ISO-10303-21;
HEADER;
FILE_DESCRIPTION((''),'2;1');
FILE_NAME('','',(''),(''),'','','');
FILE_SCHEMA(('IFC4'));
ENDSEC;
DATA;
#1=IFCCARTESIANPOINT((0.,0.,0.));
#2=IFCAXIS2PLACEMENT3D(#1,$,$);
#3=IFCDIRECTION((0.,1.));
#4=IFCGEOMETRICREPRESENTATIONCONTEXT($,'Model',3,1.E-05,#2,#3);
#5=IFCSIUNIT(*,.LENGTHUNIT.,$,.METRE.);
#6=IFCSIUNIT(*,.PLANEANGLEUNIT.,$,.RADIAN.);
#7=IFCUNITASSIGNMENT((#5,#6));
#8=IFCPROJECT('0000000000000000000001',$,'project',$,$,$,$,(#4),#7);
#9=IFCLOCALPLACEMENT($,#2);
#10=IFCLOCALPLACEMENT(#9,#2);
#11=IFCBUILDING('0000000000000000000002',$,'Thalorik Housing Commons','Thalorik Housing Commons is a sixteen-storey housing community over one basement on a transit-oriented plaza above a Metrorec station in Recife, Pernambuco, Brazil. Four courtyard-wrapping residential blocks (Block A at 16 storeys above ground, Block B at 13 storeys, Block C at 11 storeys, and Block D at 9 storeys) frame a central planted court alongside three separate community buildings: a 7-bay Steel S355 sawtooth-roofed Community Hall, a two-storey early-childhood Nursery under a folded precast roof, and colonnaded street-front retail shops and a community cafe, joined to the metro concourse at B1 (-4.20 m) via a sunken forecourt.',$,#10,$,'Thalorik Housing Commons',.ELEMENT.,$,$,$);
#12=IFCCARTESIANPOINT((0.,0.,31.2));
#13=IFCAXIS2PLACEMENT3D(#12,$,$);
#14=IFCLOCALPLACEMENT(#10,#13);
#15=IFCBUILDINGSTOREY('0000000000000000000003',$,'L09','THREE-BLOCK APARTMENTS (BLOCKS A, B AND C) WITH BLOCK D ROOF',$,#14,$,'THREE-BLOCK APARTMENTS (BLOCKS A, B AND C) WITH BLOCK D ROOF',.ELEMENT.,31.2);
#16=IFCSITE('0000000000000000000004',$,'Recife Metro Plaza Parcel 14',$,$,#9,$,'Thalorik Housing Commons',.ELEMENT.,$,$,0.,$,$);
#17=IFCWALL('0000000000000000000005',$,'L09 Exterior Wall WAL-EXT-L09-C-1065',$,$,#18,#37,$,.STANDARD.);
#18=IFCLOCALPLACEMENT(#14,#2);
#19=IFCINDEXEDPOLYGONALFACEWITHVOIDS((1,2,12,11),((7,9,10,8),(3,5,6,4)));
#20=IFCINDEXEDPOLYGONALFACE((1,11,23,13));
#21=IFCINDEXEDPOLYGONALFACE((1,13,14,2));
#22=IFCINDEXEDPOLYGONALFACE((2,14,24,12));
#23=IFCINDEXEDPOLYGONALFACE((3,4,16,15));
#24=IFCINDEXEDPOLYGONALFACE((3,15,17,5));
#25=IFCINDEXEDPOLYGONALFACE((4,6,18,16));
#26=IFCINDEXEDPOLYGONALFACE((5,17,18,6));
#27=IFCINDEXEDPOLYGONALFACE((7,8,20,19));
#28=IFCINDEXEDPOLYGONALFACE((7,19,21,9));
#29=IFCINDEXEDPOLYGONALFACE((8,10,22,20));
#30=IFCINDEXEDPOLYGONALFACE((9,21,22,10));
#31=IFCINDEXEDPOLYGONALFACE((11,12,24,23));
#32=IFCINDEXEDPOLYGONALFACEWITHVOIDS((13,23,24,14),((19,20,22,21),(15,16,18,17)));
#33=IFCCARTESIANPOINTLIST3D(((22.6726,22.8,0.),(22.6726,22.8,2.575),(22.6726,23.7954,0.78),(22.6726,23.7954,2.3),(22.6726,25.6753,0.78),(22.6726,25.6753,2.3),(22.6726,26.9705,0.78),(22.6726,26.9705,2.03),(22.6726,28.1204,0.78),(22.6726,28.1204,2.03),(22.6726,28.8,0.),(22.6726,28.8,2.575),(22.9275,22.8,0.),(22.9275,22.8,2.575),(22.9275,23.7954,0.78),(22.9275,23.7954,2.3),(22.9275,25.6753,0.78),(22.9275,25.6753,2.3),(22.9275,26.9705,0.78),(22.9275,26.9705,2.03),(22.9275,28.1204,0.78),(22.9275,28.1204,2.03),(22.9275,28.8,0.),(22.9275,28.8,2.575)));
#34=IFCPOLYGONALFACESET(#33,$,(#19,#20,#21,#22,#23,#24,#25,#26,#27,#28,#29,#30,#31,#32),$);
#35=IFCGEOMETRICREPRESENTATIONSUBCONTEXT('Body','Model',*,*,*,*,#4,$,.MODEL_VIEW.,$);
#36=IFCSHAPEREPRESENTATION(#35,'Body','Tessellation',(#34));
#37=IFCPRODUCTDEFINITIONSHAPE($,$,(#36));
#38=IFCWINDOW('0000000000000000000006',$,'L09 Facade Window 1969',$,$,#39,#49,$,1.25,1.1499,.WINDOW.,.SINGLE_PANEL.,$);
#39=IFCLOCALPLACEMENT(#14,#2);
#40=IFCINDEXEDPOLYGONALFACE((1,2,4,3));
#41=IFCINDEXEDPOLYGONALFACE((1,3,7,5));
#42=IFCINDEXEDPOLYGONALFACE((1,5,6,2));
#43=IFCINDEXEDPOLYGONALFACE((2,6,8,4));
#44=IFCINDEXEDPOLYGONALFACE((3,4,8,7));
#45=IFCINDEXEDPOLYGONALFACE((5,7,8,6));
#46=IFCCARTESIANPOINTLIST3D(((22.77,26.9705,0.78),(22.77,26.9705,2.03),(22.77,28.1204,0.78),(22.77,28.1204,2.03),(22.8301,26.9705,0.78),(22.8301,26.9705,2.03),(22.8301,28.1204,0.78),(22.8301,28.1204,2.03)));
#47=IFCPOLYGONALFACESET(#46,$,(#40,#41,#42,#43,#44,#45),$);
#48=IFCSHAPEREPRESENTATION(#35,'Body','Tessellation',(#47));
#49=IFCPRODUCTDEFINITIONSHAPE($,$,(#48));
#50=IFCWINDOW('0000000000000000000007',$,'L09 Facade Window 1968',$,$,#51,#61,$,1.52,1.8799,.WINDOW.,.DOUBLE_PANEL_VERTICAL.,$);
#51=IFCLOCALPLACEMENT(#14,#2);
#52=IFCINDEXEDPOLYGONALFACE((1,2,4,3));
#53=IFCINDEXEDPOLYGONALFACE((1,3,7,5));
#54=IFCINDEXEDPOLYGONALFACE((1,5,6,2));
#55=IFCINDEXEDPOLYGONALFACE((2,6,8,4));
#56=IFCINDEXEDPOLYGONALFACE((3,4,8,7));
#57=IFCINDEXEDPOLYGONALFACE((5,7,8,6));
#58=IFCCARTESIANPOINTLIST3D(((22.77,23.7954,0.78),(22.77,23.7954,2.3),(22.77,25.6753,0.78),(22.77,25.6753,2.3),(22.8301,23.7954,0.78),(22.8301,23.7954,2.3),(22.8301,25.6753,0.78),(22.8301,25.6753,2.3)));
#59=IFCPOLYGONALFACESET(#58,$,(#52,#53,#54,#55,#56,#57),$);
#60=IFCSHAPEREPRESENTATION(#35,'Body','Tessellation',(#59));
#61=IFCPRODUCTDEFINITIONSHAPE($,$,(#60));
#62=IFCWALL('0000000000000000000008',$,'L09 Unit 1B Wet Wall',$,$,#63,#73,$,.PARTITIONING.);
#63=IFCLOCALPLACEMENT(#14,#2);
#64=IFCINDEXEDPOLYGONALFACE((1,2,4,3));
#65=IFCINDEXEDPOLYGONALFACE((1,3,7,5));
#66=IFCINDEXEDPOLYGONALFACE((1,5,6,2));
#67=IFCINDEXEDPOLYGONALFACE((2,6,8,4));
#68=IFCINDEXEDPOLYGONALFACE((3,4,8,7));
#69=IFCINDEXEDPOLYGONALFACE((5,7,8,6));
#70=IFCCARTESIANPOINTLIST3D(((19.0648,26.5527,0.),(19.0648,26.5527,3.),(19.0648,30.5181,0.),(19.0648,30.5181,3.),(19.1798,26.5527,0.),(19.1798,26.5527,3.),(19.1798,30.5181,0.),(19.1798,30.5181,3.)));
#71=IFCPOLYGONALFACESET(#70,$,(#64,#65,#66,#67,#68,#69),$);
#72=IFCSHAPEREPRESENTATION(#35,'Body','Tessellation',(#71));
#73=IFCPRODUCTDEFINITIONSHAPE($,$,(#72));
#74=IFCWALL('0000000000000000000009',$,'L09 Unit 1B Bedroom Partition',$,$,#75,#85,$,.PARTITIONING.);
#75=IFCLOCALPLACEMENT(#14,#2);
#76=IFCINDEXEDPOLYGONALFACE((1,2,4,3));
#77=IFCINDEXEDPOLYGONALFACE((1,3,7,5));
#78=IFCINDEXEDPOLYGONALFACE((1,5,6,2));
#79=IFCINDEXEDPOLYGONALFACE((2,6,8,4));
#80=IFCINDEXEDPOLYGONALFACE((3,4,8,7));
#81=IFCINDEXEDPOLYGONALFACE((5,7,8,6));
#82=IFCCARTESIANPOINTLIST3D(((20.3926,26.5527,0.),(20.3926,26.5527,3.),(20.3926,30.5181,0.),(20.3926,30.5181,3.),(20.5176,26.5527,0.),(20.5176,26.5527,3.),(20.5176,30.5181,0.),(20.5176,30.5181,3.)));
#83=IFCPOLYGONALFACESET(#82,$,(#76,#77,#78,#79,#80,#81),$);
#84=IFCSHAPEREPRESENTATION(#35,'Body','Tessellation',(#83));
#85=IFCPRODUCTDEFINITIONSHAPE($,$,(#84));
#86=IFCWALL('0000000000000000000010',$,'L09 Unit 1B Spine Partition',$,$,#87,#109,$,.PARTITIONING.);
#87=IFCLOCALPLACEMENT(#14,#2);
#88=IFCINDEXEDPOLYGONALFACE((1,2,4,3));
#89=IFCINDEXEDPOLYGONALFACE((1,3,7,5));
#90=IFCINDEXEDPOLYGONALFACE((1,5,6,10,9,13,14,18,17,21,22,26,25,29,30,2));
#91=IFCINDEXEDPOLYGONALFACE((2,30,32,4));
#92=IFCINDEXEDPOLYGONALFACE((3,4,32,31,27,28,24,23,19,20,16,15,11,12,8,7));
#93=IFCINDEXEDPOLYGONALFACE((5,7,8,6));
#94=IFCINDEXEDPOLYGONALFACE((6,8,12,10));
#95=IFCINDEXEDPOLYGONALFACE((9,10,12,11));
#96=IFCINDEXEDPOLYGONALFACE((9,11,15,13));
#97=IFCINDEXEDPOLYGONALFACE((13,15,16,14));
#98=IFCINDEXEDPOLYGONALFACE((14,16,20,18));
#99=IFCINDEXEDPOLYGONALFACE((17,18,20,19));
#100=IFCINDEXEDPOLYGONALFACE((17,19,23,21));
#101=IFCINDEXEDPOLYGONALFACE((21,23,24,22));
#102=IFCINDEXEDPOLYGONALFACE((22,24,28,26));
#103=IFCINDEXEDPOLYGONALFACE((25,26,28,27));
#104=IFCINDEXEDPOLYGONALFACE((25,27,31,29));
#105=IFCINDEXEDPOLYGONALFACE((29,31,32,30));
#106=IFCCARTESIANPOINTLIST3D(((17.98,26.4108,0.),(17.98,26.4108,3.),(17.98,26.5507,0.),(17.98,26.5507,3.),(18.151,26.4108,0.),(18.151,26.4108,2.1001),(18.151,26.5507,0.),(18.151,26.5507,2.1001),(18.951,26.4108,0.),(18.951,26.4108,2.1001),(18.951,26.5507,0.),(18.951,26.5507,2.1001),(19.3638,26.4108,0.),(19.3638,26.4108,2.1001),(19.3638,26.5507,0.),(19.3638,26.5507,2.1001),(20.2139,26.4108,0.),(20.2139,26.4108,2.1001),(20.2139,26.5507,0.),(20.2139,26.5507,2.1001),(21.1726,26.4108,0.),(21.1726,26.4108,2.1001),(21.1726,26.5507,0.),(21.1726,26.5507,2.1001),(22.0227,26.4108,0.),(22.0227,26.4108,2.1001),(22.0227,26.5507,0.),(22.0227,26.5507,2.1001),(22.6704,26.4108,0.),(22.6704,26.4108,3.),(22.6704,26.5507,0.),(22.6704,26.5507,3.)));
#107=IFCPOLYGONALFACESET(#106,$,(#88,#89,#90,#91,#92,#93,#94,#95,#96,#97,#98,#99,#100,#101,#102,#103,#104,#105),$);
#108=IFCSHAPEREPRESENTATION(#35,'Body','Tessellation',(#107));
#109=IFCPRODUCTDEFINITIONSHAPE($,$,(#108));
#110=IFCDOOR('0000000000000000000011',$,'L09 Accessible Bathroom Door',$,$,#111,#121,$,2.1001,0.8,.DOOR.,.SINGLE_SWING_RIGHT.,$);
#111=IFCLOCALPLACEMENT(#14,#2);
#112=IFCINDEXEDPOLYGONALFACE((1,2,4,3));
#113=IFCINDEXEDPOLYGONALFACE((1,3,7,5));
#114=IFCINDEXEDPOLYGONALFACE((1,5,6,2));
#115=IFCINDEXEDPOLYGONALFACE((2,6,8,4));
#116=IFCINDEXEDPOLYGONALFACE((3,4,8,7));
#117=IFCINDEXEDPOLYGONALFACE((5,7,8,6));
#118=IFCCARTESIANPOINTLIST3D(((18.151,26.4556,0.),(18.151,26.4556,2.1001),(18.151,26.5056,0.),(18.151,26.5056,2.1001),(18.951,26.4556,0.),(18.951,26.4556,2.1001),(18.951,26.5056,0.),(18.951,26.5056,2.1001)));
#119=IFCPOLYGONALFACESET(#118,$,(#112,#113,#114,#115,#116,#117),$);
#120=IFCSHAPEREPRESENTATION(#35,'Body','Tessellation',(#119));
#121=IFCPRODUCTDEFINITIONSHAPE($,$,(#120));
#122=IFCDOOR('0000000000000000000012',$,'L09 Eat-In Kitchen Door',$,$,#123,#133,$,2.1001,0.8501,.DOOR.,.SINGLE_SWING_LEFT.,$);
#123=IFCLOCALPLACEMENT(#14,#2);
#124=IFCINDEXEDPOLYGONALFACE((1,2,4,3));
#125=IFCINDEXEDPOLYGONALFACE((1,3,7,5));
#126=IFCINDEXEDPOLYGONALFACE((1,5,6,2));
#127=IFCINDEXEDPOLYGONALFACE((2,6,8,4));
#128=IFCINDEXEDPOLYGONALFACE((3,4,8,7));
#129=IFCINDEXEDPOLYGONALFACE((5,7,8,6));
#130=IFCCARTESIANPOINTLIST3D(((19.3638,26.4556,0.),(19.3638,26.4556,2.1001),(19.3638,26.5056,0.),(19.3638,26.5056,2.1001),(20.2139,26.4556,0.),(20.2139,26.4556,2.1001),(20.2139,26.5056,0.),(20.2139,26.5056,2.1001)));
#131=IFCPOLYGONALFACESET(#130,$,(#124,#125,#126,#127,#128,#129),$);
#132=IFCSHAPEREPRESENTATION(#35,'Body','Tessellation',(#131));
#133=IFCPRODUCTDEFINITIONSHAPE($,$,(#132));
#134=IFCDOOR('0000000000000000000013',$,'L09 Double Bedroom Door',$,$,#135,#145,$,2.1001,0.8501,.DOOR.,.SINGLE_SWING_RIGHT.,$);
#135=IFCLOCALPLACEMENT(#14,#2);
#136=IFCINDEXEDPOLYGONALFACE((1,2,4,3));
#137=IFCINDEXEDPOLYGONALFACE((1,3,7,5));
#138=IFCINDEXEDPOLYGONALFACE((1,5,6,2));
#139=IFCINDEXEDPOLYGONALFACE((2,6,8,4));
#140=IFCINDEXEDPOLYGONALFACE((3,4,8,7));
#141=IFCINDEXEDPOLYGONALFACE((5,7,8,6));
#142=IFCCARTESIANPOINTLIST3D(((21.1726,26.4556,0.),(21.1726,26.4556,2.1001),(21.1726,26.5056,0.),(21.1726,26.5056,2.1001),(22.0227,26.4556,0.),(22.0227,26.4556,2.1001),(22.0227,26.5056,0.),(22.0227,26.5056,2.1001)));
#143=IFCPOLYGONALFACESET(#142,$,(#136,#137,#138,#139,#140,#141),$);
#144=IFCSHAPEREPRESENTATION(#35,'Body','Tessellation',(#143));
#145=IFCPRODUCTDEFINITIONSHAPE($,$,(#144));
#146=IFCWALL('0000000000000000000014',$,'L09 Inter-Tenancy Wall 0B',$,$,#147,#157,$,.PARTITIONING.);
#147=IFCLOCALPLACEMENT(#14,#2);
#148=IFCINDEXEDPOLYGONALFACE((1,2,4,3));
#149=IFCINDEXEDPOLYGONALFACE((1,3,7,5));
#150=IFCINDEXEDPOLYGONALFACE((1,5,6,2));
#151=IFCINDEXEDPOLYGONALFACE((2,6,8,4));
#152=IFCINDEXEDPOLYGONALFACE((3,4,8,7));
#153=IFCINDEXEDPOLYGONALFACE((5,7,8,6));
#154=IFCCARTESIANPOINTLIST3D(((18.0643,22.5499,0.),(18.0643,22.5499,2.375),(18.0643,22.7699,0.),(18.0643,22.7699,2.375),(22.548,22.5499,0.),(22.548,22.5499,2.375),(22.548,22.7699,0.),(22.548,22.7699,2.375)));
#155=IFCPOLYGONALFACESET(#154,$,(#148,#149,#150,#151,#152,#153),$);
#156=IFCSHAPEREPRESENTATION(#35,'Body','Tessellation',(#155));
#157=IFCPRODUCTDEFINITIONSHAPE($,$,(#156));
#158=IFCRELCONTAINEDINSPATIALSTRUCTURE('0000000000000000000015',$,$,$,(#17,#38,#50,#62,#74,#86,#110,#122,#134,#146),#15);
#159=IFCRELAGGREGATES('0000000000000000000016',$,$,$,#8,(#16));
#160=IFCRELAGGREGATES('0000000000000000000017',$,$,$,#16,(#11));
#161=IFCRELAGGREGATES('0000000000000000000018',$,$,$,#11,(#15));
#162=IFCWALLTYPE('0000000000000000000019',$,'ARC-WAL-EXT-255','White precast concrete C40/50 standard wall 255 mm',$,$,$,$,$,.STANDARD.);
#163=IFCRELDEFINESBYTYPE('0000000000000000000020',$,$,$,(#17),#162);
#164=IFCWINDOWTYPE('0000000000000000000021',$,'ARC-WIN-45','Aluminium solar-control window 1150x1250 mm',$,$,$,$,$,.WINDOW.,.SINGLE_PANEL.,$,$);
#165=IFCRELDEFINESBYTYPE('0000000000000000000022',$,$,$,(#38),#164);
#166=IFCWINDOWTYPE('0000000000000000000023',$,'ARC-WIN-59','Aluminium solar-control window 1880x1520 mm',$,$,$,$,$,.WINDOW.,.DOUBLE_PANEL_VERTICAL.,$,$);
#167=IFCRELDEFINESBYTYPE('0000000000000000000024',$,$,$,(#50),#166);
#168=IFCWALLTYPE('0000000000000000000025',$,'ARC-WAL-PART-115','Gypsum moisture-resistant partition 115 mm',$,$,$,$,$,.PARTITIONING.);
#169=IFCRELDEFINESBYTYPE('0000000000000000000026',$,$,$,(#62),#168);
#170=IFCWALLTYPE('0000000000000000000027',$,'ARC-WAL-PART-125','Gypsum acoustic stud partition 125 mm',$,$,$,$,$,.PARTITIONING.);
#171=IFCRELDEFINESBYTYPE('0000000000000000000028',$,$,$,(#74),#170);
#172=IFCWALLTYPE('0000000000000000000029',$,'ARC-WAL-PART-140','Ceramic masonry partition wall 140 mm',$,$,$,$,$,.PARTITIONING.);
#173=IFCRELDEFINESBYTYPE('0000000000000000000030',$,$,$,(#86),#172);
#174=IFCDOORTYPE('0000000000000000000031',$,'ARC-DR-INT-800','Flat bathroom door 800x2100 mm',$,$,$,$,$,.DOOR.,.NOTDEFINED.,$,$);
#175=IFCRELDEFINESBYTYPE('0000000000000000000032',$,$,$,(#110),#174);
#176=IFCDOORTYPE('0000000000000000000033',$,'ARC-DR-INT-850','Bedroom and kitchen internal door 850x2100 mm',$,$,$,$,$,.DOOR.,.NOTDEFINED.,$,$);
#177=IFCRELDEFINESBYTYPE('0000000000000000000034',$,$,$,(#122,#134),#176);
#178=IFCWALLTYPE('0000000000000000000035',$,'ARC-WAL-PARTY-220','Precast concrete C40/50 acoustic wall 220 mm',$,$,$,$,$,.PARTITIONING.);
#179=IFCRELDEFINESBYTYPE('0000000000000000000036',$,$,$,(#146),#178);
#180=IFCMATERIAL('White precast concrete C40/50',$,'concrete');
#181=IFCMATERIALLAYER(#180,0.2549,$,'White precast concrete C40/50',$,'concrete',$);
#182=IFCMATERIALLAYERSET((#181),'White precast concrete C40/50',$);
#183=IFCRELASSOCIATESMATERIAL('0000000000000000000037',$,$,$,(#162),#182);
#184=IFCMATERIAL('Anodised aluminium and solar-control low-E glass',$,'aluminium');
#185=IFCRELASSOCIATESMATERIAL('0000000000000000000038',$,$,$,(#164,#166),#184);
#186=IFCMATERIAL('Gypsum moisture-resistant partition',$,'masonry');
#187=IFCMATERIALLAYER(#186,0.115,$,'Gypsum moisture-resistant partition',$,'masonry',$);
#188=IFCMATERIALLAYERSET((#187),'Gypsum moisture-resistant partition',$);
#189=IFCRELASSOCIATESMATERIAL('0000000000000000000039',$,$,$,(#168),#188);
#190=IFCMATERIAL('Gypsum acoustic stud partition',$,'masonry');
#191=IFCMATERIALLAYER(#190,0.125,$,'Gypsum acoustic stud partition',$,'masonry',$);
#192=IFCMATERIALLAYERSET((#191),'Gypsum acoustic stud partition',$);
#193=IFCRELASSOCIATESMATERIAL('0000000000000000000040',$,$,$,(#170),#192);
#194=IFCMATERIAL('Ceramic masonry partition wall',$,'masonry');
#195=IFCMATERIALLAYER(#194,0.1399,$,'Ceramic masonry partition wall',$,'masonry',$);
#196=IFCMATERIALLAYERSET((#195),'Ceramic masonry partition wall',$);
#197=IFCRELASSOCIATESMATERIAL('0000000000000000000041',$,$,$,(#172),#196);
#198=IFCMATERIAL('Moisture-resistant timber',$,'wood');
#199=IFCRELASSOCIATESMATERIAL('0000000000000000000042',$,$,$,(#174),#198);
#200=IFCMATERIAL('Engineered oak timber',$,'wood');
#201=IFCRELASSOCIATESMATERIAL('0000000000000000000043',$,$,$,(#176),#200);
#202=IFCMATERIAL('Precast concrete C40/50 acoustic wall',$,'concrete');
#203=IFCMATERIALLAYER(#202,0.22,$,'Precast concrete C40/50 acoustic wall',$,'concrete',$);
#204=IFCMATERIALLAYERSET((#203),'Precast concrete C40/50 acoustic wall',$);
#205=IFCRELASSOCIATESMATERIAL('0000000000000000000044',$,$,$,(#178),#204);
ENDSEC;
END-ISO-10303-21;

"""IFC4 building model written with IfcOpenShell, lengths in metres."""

from ifc_helpers import new_model, si_unit, direction, frame, frame_2d, origin, place, context, subcontext, project, spatial, rectangle, extrude, material, layer, layer_set, type_object, element, fill, save


model = new_model("IFC4")

# Units and contexts
model_context = context("Model", 3, precision=1e-05, world=origin(), true_north=direction((0.0, 1.0)))
body_context = subcontext(model_context, "Body", "Model", "MODEL_VIEW")
ifc_project = project(units=[si_unit("LENGTHUNIT", "METRE"), si_unit("PLANEANGLEUNIT", "RADIAN")], contexts=[model_context])

# Site, building, storey
site_placement = place(None, origin())
site = spatial("IfcSite", under=ifc_project, at=site_placement, Name="Recife Metro Plaza Parcel 14", LongName="Thalorik Housing Commons", CompositionType="ELEMENT", RefElevation=0.0)
building_placement = place(site_placement, origin())
building = spatial("IfcBuilding", under=site, at=building_placement, Name="Thalorik Housing Commons", Description="Thalorik Housing Commons is a sixteen-storey housing community over one basement on a transit-oriented plaza above a Metrorec station in Recife, Pernambuco, Brazil. Four courtyard-wrapping residential blocks (Block A at 16 storeys above ground, Block B at 13 storeys, Block C at 11 storeys, and Block D at 9 storeys) frame a central planted court alongside three separate community buildings: a 7-bay Steel S355 sawtooth-roofed Community Hall, a two-storey early-childhood Nursery under a folded precast roof, and colonnaded street-front retail shops and a community cafe, joined to the metro concourse at B1 (-4.20 m) via a sunken forecourt.", LongName="Thalorik Housing Commons", CompositionType="ELEMENT")
storey_placement = place(building_placement, frame((0.0, 0.0, 31.2)))
storey = spatial("IfcBuildingStorey", under=building, at=storey_placement, Name="L09", Description="THREE-BLOCK APARTMENTS (BLOCKS A, B AND C) WITH BLOCK D ROOF", LongName="THREE-BLOCK APARTMENTS (BLOCKS A, B AND C) WITH BLOCK D ROOF", CompositionType="ELEMENT", Elevation=31.2)

# Wall, openings, windows
ifc_material_1 = material(Name="White precast concrete C40/50", Category="concrete")
ifc_layer_1 = layer(ifc_material_1, 0.2549, Name="White precast concrete C40/50", Category="concrete")
ifc_layer_set_1 = layer_set([ifc_layer_1], Name="White precast concrete C40/50")
wall_type_1 = type_object("IfcWallType", Name="ARC-WAL-EXT-255", Description="White precast concrete C40/50 standard wall 255 mm", PredefinedType="STANDARD", material=ifc_layer_set_1)
wall_1_placement = place(storey_placement, frame((22.8, 22.8, 0.0), z_axis=(0.0, 0.0, 1.0), x_axis=(0.0, 1.0, 0.0)))
wall_1 = element("IfcWall", 1, at=wall_1_placement, inside=storey, type_object=wall_type_1, Name="L09 Exterior Wall WAL-EXT-L09-C-1065", PredefinedType="STANDARD", context=body_context, shape_type="SweptSolid", body=[
    extrude(rectangle(XDim=6.0, YDim=0.2549, at=frame_2d((3.0, 0.0))), origin(), (0.0, 0.0, 1.0), 2.575),
])
opening_1_placement = place(wall_1_placement, frame((0.9954, 0.0, 0.78)))
opening_1 = element("IfcOpeningElement", 2, at=opening_1_placement, cuts=wall_1, PredefinedType="OPENING", context=body_context, shape_type="SweptSolid", body=[
    extrude(rectangle(XDim=1.8799, YDim=1.52, at=frame_2d((0.9399, 0.76))), frame((0.0, 0.1375, 0.0), z_axis=(0.0, -1.0, 0.0), x_axis=(1.0, 0.0, 0.0)), (0.0, 0.0, 1.0), 0.2749),
])
opening_2_placement = place(wall_1_placement, frame((4.1704, 0.0, 0.78)))
opening_2 = element("IfcOpeningElement", 3, at=opening_2_placement, cuts=wall_1, PredefinedType="OPENING", context=body_context, shape_type="SweptSolid", body=[
    extrude(rectangle(XDim=1.1499, YDim=1.25, at=frame_2d((0.575, 0.625))), frame((0.0, 0.1375, 0.0), z_axis=(0.0, -1.0, 0.0), x_axis=(1.0, 0.0, 0.0)), (0.0, 0.0, 1.0), 0.2749),
])
ifc_material_2 = material(Name="Anodised aluminium and solar-control low-E glass", Category="aluminium")
window_type_1 = type_object("IfcWindowType", Name="ARC-WIN-45", Description="Aluminium solar-control window 1150x1250 mm", PartitioningType="SINGLE_PANEL", PredefinedType="WINDOW", material=ifc_material_2)
window_1_placement = place(opening_2_placement, origin())
window_1 = element("IfcWindow", 4, at=window_1_placement, inside=storey, type_object=window_type_1, Name="L09 Facade Window 1969", OverallHeight=1.25, OverallWidth=1.1499, PartitioningType="SINGLE_PANEL", PredefinedType="WINDOW", context=body_context, shape_type="SweptSolid", body=[
    extrude(rectangle(XDim=1.1499, YDim=1.25, at=frame_2d((0.575, 0.625))), frame((0.0, 0.03, 0.0), z_axis=(0.0, -1.0, 0.0), x_axis=(1.0, 0.0, 0.0)), (0.0, 0.0, 1.0), 0.0601),
])
fill(opening_2, window_1)
window_type_2 = type_object("IfcWindowType", Name="ARC-WIN-59", Description="Aluminium solar-control window 1880x1520 mm", PartitioningType="DOUBLE_PANEL_VERTICAL", PredefinedType="WINDOW", material=ifc_material_2)
window_2_placement = place(opening_1_placement, origin())
window_2 = element("IfcWindow", 5, at=window_2_placement, inside=storey, type_object=window_type_2, Name="L09 Facade Window 1968", OverallHeight=1.52, OverallWidth=1.8799, PartitioningType="DOUBLE_PANEL_VERTICAL", PredefinedType="WINDOW", context=body_context, shape_type="SweptSolid", body=[
    extrude(rectangle(XDim=1.8799, YDim=1.52, at=frame_2d((0.9399, 0.76))), frame((0.0, 0.03, 0.0), z_axis=(0.0, -1.0, 0.0), x_axis=(1.0, 0.0, 0.0)), (0.0, 0.0, 1.0), 0.0601),
])
fill(opening_1, window_2)

# Walls
ifc_material_3 = material(Name="Gypsum moisture-resistant partition", Category="masonry")
ifc_layer_2 = layer(ifc_material_3, 0.115, Name="Gypsum moisture-resistant partition", Category="masonry")
ifc_layer_set_2 = layer_set([ifc_layer_2], Name="Gypsum moisture-resistant partition")
wall_type_2 = type_object("IfcWallType", Name="ARC-WAL-PART-115", Description="Gypsum moisture-resistant partition 115 mm", PredefinedType="PARTITIONING", material=ifc_layer_set_2)
wall_2_placement = place(storey_placement, frame((19.1223, 26.5527, 0.0), z_axis=(0.0, 0.0, 1.0), x_axis=(0.0, 1.0, 0.0)))
element("IfcWall", 6, at=wall_2_placement, inside=storey, type_object=wall_type_2, Name="L09 Unit 1B Wet Wall", PredefinedType="PARTITIONING", context=body_context, shape_type="SweptSolid", body=[
    extrude(rectangle(XDim=3.9653, YDim=0.115, at=frame_2d((1.9827, 0.0))), origin(), (0.0, 0.0, 1.0), 3.0),
])
ifc_material_4 = material(Name="Gypsum acoustic stud partition", Category="masonry")
ifc_layer_3 = layer(ifc_material_4, 0.125, Name="Gypsum acoustic stud partition", Category="masonry")
ifc_layer_set_3 = layer_set([ifc_layer_3], Name="Gypsum acoustic stud partition")
wall_type_3 = type_object("IfcWallType", Name="ARC-WAL-PART-125", Description="Gypsum acoustic stud partition 125 mm", PredefinedType="PARTITIONING", material=ifc_layer_set_3)
wall_3_placement = place(storey_placement, frame((20.4551, 26.5527, 0.0), z_axis=(0.0, 0.0, 1.0), x_axis=(0.0, 1.0, 0.0)))
element("IfcWall", 7, at=wall_3_placement, inside=storey, type_object=wall_type_3, Name="L09 Unit 1B Bedroom Partition", PredefinedType="PARTITIONING", context=body_context, shape_type="SweptSolid", body=[
    extrude(rectangle(XDim=3.9653, YDim=0.125, at=frame_2d((1.9827, 0.0))), origin(), (0.0, 0.0, 1.0), 3.0),
])

# Wall, openings, doors
ifc_material_5 = material(Name="Ceramic masonry partition wall", Category="masonry")
ifc_layer_4 = layer(ifc_material_5, 0.1399, Name="Ceramic masonry partition wall", Category="masonry")
ifc_layer_set_4 = layer_set([ifc_layer_4], Name="Ceramic masonry partition wall")
wall_type_4 = type_object("IfcWallType", Name="ARC-WAL-PART-140", Description="Ceramic masonry partition wall 140 mm", PredefinedType="PARTITIONING", material=ifc_layer_set_4)
wall_4_placement = place(storey_placement, frame((17.98, 26.4807, 0.0), z_axis=(0.0, 0.0, 1.0), x_axis=(1.0, 0.0, 0.0)))
wall_4 = element("IfcWall", 8, at=wall_4_placement, inside=storey, type_object=wall_type_4, Name="L09 Unit 1B Spine Partition", PredefinedType="PARTITIONING", context=body_context, shape_type="SweptSolid", body=[
    extrude(rectangle(XDim=4.6904, YDim=0.1399, at=frame_2d((2.3452, 0.0))), origin(), (0.0, 0.0, 1.0), 3.0),
])
opening_3_placement = place(wall_4_placement, frame((0.1711, 0.0, 0.0)))
opening_3 = element("IfcOpeningElement", 9, at=opening_3_placement, cuts=wall_4, PredefinedType="OPENING", context=body_context, shape_type="SweptSolid", body=[
    extrude(rectangle(XDim=0.8, YDim=2.1001, at=frame_2d((0.3999, 1.05))), frame((0.0, 0.0801, 0.0), z_axis=(0.0, -1.0, 0.0), x_axis=(1.0, 0.0, 0.0)), (0.0, 0.0, 1.0), 0.1599),
])
opening_4_placement = place(wall_4_placement, frame((1.3838, 0.0, 0.0)))
opening_4 = element("IfcOpeningElement", 10, at=opening_4_placement, cuts=wall_4, PredefinedType="OPENING", context=body_context, shape_type="SweptSolid", body=[
    extrude(rectangle(XDim=0.8501, YDim=2.1001, at=frame_2d((0.425, 1.05))), frame((0.0, 0.0801, 0.0), z_axis=(0.0, -1.0, 0.0), x_axis=(1.0, 0.0, 0.0)), (0.0, 0.0, 1.0), 0.1599),
])
opening_5_placement = place(wall_4_placement, frame((3.1926, 0.0, 0.0)))
opening_5 = element("IfcOpeningElement", 11, at=opening_5_placement, cuts=wall_4, PredefinedType="OPENING", context=body_context, shape_type="SweptSolid", body=[
    extrude(rectangle(XDim=0.8501, YDim=2.1001, at=frame_2d((0.425, 1.05))), frame((0.0, 0.0801, 0.0), z_axis=(0.0, -1.0, 0.0), x_axis=(1.0, 0.0, 0.0)), (0.0, 0.0, 1.0), 0.1599),
])
ifc_material_6 = material(Name="Moisture-resistant timber", Category="wood")
door_type_1 = type_object("IfcDoorType", Name="ARC-DR-INT-800", Description="Flat bathroom door 800x2100 mm", OperationType="NOTDEFINED", PredefinedType="DOOR", material=ifc_material_6)
door_1_placement = place(opening_3_placement, origin())
door_1 = element("IfcDoor", 12, at=door_1_placement, inside=storey, type_object=door_type_1, Name="L09 Accessible Bathroom Door", OperationType="SINGLE_SWING_RIGHT", OverallHeight=2.1001, OverallWidth=0.8, PredefinedType="DOOR", context=body_context, shape_type="SweptSolid", body=[
    extrude(rectangle(XDim=0.8, YDim=2.1001, at=frame_2d((0.3999, 1.05))), frame((0.0, 0.0249, 0.0), z_axis=(0.0, -1.0, 0.0), x_axis=(1.0, 0.0, 0.0)), (0.0, 0.0, 1.0), 0.05),
])
fill(opening_3, door_1)
ifc_material_7 = material(Name="Engineered oak timber", Category="wood")
door_type_2 = type_object("IfcDoorType", Name="ARC-DR-INT-850", Description="Bedroom and kitchen internal door 850x2100 mm", OperationType="NOTDEFINED", PredefinedType="DOOR", material=ifc_material_7)
door_2_placement = place(opening_4_placement, origin())
door_2 = element("IfcDoor", 13, at=door_2_placement, inside=storey, type_object=door_type_2, Name="L09 Eat-In Kitchen Door", OperationType="SINGLE_SWING_LEFT", OverallHeight=2.1001, OverallWidth=0.8501, PredefinedType="DOOR", context=body_context, shape_type="SweptSolid", body=[
    extrude(rectangle(XDim=0.8501, YDim=2.1001, at=frame_2d((0.425, 1.05))), frame((0.0, 0.0249, 0.0), z_axis=(0.0, -1.0, 0.0), x_axis=(1.0, 0.0, 0.0)), (0.0, 0.0, 1.0), 0.05),
])
fill(opening_4, door_2)
door_3_placement = place(opening_5_placement, origin())
door_3 = element("IfcDoor", 14, at=door_3_placement, inside=storey, type_object=door_type_2, Name="L09 Double Bedroom Door", OperationType="SINGLE_SWING_RIGHT", OverallHeight=2.1001, OverallWidth=0.8501, PredefinedType="DOOR", context=body_context, shape_type="SweptSolid", body=[
    extrude(rectangle(XDim=0.8501, YDim=2.1001, at=frame_2d((0.425, 1.05))), frame((0.0, 0.0249, 0.0), z_axis=(0.0, -1.0, 0.0), x_axis=(1.0, 0.0, 0.0)), (0.0, 0.0, 1.0), 0.05),
])
fill(opening_5, door_3)

# Wall
ifc_material_8 = material(Name="Precast concrete C40/50 acoustic wall", Category="concrete")
ifc_layer_5 = layer(ifc_material_8, 0.22, Name="Precast concrete C40/50 acoustic wall", Category="concrete")
ifc_layer_set_5 = layer_set([ifc_layer_5], Name="Precast concrete C40/50 acoustic wall")
wall_type_5 = type_object("IfcWallType", Name="ARC-WAL-PARTY-220", Description="Precast concrete C40/50 acoustic wall 220 mm", PredefinedType="PARTITIONING", material=ifc_layer_set_5)
wall_5_placement = place(storey_placement, frame((18.0645, 22.6599, 0.0), z_axis=(0.0, 0.0, 1.0), x_axis=(1.0, 0.0, 0.0)))
element("IfcWall", 15, at=wall_5_placement, inside=storey, type_object=wall_type_5, Name="L09 Inter-Tenancy Wall 0B", PredefinedType="PARTITIONING", context=body_context, shape_type="SweptSolid", body=[
    extrude(rectangle(XDim=4.4836, YDim=0.22, at=frame_2d((2.2417, 0.0))), origin(), (0.0, 0.0, 1.0), 2.375),
])

save(model, "model.ifc")
